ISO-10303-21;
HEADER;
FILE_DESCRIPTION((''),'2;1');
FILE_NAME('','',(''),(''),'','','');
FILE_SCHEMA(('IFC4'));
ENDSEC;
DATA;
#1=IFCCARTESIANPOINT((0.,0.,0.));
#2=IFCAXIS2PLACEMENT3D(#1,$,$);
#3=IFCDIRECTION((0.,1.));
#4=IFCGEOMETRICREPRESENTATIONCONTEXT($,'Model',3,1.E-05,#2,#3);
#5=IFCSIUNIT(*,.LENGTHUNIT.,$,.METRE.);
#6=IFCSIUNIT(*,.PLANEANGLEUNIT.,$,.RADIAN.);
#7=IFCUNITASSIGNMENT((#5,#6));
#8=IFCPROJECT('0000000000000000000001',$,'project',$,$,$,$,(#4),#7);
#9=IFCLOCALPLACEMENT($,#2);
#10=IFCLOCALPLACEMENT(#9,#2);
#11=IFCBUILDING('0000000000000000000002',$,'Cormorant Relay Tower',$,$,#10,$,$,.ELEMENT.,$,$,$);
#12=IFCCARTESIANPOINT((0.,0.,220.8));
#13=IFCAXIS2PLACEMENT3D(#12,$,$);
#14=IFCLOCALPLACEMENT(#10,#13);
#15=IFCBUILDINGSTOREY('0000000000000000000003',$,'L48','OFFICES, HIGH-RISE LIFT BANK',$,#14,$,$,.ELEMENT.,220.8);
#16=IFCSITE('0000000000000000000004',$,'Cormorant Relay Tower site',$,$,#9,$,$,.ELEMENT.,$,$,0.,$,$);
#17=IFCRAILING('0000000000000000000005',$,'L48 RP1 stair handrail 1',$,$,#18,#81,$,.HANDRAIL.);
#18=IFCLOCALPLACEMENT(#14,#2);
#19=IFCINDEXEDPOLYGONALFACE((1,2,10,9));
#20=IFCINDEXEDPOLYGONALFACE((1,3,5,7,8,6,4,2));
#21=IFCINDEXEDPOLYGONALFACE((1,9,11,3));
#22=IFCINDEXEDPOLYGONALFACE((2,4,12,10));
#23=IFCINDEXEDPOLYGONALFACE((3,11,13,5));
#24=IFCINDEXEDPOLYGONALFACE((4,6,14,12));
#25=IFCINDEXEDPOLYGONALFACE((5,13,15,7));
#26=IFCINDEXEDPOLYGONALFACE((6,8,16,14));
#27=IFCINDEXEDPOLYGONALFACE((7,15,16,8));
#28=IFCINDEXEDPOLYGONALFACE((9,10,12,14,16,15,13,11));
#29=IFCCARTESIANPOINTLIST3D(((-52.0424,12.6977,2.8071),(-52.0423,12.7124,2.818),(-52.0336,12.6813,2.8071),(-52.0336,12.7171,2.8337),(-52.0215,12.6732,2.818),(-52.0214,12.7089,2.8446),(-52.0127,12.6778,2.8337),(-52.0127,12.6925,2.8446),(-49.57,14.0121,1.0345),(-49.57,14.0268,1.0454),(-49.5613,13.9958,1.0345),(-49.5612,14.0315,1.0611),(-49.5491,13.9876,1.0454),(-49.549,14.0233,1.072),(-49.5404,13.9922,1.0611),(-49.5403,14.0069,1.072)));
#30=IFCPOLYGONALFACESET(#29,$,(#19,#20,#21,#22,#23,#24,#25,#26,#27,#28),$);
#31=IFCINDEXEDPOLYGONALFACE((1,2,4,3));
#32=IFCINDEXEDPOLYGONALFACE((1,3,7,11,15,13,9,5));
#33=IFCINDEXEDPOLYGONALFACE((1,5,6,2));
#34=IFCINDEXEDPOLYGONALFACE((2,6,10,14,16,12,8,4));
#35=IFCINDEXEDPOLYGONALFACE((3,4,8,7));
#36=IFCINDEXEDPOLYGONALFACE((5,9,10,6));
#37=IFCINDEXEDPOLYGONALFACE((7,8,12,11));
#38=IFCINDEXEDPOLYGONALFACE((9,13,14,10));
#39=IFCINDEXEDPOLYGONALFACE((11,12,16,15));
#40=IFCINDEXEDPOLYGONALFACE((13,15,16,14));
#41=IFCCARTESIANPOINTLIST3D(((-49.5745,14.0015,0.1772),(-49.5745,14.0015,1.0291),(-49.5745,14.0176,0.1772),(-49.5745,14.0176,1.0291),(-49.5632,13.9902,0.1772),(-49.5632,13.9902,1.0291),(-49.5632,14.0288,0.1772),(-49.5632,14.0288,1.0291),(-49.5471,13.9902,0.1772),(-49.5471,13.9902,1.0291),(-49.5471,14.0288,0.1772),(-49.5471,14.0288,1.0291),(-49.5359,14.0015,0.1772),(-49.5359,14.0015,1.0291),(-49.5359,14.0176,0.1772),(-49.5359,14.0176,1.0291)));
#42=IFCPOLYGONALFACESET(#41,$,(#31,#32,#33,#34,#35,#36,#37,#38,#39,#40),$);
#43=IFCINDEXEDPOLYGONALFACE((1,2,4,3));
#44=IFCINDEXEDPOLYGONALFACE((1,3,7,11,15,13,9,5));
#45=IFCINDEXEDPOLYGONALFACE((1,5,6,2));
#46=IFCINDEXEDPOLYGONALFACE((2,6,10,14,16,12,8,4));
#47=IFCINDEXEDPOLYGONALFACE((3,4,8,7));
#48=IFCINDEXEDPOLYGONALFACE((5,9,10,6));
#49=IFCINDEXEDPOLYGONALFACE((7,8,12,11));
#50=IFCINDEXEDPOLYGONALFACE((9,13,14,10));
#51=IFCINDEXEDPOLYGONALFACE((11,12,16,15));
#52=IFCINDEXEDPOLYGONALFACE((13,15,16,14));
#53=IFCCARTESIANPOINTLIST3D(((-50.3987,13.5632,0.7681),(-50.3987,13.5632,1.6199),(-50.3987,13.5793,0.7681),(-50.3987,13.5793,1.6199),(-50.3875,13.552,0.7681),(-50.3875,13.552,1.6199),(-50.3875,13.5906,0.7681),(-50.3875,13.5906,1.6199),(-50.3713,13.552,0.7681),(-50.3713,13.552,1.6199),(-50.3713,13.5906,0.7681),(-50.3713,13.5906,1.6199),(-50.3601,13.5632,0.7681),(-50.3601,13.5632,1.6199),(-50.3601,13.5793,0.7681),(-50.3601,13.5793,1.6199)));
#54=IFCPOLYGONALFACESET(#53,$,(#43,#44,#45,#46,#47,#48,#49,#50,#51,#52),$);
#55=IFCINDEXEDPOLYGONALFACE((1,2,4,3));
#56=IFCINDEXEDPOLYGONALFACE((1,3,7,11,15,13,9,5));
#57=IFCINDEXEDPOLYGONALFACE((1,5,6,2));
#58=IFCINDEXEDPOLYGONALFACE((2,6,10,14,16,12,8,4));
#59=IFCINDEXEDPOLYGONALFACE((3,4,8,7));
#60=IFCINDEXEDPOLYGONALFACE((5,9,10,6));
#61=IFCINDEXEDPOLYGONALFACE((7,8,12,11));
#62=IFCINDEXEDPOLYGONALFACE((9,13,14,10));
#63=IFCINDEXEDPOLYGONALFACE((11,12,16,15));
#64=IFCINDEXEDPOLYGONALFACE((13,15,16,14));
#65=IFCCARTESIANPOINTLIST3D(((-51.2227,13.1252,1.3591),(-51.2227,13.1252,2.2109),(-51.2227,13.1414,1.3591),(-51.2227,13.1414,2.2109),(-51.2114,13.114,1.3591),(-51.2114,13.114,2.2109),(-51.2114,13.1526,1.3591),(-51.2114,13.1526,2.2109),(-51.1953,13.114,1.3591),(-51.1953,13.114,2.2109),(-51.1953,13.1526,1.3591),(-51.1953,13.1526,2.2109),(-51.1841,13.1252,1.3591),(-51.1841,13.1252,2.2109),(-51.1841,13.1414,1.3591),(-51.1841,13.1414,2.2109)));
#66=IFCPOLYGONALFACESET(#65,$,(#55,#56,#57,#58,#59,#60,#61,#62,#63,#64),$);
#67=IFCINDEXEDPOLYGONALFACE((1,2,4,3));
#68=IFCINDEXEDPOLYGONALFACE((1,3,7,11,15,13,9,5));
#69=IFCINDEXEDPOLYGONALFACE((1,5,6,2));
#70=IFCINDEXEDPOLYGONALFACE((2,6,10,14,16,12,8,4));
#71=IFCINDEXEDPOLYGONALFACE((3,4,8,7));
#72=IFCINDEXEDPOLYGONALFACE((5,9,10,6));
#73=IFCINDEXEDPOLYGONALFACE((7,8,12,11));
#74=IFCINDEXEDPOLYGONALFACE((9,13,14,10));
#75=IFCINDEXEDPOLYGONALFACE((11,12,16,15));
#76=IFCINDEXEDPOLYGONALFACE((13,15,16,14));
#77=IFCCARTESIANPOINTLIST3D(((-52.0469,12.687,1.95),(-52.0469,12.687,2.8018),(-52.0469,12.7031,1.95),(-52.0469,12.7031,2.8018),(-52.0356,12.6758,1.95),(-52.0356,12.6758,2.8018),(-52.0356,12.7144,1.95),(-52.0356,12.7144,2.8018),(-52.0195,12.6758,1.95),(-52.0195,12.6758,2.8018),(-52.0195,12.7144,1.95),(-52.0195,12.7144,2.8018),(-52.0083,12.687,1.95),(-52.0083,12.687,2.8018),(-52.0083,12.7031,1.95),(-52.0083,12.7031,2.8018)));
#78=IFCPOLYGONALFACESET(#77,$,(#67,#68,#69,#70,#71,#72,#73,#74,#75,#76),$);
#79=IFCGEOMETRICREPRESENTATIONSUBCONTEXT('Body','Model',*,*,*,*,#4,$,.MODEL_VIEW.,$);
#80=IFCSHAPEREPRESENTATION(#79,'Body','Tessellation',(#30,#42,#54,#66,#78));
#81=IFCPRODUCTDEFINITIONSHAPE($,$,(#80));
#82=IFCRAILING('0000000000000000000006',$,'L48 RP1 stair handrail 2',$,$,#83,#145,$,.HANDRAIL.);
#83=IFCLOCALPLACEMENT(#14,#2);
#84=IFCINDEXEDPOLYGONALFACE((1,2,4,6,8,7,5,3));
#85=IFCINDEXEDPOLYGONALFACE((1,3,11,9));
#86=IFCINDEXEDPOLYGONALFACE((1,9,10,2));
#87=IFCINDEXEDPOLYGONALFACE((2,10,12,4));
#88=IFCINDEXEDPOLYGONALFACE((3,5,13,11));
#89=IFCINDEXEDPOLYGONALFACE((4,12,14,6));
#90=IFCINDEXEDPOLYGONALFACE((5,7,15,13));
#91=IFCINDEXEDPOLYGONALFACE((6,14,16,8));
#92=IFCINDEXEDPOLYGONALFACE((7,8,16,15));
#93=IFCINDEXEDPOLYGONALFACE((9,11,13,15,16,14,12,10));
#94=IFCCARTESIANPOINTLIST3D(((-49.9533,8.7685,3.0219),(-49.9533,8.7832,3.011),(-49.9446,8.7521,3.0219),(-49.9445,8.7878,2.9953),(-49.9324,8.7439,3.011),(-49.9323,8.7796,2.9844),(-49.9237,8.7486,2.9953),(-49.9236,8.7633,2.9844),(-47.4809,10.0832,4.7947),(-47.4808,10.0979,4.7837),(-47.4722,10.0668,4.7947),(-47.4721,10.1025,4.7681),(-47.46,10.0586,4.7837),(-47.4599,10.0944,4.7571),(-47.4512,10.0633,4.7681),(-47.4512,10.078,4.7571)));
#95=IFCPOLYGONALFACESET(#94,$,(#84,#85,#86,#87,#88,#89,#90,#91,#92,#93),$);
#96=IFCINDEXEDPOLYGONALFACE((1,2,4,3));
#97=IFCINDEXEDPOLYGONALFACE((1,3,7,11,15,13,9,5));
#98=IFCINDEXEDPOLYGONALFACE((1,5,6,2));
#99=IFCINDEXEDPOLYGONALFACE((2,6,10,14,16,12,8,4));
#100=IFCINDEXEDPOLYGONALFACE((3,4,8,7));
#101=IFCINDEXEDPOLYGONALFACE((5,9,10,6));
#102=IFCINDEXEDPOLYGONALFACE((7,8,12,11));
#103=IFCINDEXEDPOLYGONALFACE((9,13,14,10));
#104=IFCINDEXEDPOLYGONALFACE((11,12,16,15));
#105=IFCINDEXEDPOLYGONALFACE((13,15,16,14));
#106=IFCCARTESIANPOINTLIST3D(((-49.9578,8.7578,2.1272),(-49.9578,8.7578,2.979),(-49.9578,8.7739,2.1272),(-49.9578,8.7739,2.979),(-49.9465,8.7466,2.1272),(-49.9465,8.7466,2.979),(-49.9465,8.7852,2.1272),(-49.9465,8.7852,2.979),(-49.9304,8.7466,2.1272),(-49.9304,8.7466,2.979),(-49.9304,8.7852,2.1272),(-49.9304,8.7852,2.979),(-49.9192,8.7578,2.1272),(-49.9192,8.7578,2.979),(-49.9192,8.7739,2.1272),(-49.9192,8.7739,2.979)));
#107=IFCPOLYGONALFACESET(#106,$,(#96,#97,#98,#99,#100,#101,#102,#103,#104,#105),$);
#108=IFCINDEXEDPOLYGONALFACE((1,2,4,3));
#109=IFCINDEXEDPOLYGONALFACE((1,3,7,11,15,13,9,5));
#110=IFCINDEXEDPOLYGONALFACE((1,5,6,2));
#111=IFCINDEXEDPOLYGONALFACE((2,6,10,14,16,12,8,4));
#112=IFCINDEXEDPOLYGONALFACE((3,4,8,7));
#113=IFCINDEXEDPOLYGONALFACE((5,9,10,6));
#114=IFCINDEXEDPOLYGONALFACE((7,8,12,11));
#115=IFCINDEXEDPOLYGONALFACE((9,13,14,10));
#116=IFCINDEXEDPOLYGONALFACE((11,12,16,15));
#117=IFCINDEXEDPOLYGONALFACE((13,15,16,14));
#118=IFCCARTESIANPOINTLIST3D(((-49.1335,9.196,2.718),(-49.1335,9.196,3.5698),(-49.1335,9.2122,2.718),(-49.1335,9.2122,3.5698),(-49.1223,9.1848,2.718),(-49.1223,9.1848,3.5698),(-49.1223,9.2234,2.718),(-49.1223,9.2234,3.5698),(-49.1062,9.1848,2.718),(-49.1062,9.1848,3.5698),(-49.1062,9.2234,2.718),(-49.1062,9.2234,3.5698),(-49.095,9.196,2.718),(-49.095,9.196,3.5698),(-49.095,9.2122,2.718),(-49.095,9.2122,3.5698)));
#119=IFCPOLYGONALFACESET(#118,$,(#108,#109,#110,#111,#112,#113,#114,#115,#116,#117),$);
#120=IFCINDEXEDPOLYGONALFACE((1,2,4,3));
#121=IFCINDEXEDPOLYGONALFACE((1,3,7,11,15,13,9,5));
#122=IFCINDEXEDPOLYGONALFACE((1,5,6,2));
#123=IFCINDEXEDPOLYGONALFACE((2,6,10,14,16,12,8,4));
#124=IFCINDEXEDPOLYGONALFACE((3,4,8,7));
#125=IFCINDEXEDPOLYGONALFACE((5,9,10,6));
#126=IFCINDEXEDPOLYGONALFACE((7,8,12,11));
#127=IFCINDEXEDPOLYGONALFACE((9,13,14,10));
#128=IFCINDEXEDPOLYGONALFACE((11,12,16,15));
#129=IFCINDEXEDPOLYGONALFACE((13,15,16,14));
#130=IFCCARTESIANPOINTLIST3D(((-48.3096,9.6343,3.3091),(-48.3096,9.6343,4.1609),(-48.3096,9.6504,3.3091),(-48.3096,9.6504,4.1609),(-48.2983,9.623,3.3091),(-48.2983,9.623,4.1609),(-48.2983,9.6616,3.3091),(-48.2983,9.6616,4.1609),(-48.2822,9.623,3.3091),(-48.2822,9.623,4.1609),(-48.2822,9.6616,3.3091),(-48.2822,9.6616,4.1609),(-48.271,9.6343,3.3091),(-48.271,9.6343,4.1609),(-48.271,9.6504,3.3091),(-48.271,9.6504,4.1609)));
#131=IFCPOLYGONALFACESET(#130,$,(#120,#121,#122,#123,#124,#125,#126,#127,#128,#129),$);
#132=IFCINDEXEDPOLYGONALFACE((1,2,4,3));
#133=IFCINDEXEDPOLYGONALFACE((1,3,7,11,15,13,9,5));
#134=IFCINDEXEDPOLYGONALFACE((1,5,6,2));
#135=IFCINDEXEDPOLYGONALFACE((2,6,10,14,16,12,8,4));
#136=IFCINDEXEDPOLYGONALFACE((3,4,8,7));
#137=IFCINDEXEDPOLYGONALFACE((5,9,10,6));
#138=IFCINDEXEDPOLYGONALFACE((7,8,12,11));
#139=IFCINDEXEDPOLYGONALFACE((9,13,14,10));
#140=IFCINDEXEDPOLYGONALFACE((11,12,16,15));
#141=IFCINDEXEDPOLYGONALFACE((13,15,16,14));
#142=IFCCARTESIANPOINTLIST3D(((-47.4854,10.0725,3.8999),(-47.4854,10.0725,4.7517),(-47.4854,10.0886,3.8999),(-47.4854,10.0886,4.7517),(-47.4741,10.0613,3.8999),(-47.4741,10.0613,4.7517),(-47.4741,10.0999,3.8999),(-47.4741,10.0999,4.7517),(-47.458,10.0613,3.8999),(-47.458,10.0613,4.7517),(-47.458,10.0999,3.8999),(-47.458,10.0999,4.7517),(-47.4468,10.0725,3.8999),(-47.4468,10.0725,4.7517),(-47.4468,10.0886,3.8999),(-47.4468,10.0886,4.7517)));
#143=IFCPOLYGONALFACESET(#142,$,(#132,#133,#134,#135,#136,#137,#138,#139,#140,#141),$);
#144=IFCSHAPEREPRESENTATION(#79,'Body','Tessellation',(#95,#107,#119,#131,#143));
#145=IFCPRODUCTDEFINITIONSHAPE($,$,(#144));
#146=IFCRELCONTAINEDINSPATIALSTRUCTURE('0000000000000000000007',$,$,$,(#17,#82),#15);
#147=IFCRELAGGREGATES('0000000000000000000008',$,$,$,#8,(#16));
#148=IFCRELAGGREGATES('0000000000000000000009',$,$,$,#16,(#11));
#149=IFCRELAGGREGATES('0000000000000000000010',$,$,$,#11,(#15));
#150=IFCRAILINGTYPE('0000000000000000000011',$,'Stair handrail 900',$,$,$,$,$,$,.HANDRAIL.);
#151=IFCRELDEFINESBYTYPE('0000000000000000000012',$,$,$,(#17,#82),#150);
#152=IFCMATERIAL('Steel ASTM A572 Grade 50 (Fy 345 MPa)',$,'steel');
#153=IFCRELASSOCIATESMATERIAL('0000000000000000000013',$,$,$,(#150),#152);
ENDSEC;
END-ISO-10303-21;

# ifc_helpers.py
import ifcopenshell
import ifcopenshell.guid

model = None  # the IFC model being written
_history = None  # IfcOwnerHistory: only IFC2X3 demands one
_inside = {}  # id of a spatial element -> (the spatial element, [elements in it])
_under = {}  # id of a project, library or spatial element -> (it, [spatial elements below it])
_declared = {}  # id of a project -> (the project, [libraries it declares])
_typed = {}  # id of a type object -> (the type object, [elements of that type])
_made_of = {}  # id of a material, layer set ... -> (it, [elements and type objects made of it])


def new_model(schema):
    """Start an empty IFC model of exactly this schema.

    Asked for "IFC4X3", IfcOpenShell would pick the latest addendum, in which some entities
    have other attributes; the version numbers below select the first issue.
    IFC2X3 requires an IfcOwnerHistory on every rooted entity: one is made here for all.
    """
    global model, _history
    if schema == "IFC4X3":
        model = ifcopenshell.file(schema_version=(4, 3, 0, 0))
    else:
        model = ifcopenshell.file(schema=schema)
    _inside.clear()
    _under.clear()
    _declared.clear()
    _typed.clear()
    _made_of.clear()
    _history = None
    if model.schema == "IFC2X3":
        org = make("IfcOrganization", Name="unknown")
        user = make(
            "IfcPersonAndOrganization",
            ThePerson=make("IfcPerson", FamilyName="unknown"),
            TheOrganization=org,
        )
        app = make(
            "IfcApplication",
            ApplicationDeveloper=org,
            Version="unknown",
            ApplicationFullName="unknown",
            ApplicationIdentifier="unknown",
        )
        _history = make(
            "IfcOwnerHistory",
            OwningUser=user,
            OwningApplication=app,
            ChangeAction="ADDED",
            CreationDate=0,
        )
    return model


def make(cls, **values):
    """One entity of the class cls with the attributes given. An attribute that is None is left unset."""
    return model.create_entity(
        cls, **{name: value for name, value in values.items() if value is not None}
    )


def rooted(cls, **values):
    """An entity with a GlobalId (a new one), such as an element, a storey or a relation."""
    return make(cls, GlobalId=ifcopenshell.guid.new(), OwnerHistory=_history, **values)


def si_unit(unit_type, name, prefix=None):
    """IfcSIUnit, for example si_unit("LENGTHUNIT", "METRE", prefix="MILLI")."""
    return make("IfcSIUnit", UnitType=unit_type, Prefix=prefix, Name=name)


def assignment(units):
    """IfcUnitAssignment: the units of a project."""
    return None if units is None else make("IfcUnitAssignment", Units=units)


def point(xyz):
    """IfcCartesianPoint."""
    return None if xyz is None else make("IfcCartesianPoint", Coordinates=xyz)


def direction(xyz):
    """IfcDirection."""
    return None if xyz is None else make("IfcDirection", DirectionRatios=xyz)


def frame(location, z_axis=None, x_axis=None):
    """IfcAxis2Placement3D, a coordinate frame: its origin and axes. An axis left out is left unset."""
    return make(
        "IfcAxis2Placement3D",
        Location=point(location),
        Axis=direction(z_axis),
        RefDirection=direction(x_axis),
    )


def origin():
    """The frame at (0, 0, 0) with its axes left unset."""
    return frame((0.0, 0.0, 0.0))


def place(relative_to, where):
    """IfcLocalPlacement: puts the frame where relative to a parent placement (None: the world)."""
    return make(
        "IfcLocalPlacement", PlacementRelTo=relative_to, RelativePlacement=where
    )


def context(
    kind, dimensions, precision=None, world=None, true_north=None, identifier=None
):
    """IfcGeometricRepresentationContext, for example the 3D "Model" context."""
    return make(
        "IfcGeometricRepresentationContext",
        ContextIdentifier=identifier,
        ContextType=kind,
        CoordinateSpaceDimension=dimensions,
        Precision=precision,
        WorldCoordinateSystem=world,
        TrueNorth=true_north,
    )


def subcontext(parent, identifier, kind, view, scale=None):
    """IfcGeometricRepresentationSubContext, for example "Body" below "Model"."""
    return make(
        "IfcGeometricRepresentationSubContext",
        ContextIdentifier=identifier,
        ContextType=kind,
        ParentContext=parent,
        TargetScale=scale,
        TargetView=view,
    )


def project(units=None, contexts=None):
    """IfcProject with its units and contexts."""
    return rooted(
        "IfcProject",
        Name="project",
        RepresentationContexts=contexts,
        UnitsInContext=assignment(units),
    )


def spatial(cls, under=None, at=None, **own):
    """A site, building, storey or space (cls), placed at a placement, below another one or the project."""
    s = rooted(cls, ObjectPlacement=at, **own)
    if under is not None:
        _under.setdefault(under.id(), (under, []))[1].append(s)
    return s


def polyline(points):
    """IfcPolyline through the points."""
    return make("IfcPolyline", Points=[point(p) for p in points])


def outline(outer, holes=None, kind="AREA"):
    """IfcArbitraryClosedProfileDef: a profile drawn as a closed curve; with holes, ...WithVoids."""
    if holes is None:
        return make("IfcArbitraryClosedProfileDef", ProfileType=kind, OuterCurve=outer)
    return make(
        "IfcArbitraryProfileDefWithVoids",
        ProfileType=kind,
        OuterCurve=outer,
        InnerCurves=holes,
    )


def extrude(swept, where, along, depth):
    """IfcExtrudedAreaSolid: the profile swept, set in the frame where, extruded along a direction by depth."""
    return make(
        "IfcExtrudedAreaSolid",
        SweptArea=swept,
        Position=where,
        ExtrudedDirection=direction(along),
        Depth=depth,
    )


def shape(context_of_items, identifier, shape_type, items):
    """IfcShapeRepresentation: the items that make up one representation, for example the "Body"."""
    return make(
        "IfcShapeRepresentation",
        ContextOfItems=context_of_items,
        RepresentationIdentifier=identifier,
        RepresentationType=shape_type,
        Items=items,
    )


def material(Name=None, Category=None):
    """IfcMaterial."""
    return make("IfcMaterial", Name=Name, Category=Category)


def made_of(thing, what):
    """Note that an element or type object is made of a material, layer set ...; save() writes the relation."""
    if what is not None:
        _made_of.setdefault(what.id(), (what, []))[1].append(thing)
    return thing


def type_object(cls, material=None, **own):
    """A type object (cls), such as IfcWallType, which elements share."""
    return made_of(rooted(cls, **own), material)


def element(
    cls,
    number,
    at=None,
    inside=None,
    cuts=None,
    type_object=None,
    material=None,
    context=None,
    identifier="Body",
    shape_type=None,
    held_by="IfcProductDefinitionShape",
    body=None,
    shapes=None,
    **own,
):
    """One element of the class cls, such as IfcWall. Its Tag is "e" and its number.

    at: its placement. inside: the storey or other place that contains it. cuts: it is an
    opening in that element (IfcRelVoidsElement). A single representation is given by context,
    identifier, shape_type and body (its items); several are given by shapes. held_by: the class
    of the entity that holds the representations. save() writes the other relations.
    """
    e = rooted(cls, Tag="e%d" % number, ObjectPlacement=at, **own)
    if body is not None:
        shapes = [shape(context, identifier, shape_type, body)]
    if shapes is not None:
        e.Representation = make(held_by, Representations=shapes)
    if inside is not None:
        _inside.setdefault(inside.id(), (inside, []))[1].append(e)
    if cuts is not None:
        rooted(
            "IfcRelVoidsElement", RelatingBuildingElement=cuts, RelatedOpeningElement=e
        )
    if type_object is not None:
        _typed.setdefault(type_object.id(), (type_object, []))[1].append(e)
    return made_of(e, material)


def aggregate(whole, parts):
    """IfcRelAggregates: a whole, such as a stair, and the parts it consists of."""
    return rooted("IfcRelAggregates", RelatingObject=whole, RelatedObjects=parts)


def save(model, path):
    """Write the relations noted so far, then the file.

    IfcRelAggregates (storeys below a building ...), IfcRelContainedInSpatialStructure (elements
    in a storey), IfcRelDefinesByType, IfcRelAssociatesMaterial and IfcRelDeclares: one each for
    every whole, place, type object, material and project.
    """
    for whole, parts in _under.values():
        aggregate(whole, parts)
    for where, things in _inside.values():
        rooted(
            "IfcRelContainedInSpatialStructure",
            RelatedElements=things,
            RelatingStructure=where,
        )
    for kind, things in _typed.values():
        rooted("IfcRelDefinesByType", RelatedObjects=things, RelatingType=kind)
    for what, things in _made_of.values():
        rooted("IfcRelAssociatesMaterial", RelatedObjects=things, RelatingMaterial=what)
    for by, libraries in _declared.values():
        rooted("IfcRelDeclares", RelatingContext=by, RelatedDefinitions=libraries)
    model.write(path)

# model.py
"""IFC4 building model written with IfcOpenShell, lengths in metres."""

from ifc_helpers import new_model, si_unit, direction, frame, origin, place, context, subcontext, project, spatial, polyline, outline, extrude, material, type_object, element, save


model = new_model("IFC4")

# Units and contexts
model_context = context("Model", 3, precision=1e-05, world=origin(), true_north=direction((0.0, 1.0)))
body_context = subcontext(model_context, "Body", "Model", "MODEL_VIEW")
ifc_project = project(units=[si_unit("LENGTHUNIT", "METRE"), si_unit("PLANEANGLEUNIT", "RADIAN")], contexts=[model_context])

# Site, building, storey
site_placement = place(None, origin())
site = spatial("IfcSite", under=ifc_project, at=site_placement, Name="Cormorant Relay Tower site", CompositionType="ELEMENT", RefElevation=0.0)
building_placement = place(site_placement, origin())
building = spatial("IfcBuilding", under=site, at=building_placement, Name="Cormorant Relay Tower", CompositionType="ELEMENT")
storey_placement = place(building_placement, frame((0.0, 0.0, 220.8)))
storey = spatial("IfcBuildingStorey", under=building, at=storey_placement, Name="L48", Description="OFFICES, HIGH-RISE LIFT BANK", CompositionType="ELEMENT", Elevation=220.8)

# Railings
ifc_material_1 = material(Name="Steel ASTM A572 Grade 50 (Fy 345 MPa)", Category="steel")
railing_type_1 = type_object("IfcRailingType", Name="Stair handrail 900", PredefinedType="HANDRAIL", material=ifc_material_1)
railing_1_placement = place(storey_placement, frame((-49.5552, 14.0095, 0.1772)))
element("IfcRailing", 1, at=railing_1_placement, inside=storey, type_object=railing_type_1, Name="L48 RP1 stair handrail 1", PredefinedType="HANDRAIL", context=body_context, shape_type="SweptSolid", body=[
    extrude(outline(polyline([(0.0222, 0.0093), (0.0093, 0.0222), (-0.0093, 0.0222), (-0.0222, 0.0093), (-0.0222, -0.0093), (-0.0093, -0.0222), (0.0093, -0.0222), (0.0222, -0.0093), (0.0222, 0.0093)])), frame((0.0, 0.0, 0.876), z_axis=(-0.746034, -0.396627, 0.534902), x_axis=(0.469429, -0.88297, 0.0)), (0.0, 0.0, 1.0), 3.314),
    extrude(outline(polyline([(0.0193, 0.0081), (0.0081, 0.0193), (-0.0081, 0.0193), (-0.0193, 0.0081), (-0.0193, -0.0081), (-0.0081, -0.0193), (0.0081, -0.0193), (0.0193, -0.0081), (0.0193, 0.0081)])), origin(), (0.0, 0.0, 1.0), 0.8518),
    extrude(outline(polyline([(0.0193, 0.0081), (0.0081, 0.0193), (-0.0081, 0.0193), (-0.0193, 0.0081), (-0.0193, -0.0081), (-0.0081, -0.0193), (0.0081, -0.0193), (0.0193, -0.0081), (0.0193, 0.0081)])), frame((-0.8242, -0.4382, 0.5908)), (0.0, 0.0, 1.0), 0.8518),
    extrude(outline(polyline([(0.0193, 0.0081), (0.0081, 0.0193), (-0.0081, 0.0193), (-0.0193, 0.0081), (-0.0193, -0.0081), (-0.0081, -0.0193), (0.0081, -0.0193), (0.0193, -0.0081), (0.0193, 0.0081)])), frame((-1.6482, -0.8762, 1.1819)), (0.0, 0.0, 1.0), 0.8518),
    extrude(outline(polyline([(0.0193, 0.0081), (0.0081, 0.0193), (-0.0081, 0.0193), (-0.0193, 0.0081), (-0.0193, -0.0081), (-0.0081, -0.0193), (0.0081, -0.0193), (0.0193, -0.0081), (0.0193, 0.0081)])), frame((-2.4724, -1.3145, 1.7727)), (0.0, 0.0, 1.0), 0.8518),
])
railing_2_placement = place(storey_placement, frame((-49.9385, 8.7659, 2.1272)))
element("IfcRailing", 2, at=railing_2_placement, inside=storey, type_object=railing_type_1, Name="L48 RP1 stair handrail 2", PredefinedType="HANDRAIL", context=body_context, shape_type="SweptSolid", body=[
    extrude(outline(polyline([(0.0222, 0.0093), (0.0093, 0.0222), (-0.0093, 0.0222), (-0.0222, 0.0093), (-0.0222, -0.0093), (-0.0093, -0.0222), (0.0093, -0.0222), (0.0222, -0.0093), (0.0222, 0.0093)])), frame((0.0, 0.0, 0.876), z_axis=(0.746012, 0.39669, 0.534886), x_axis=(-0.469497, 0.882934, 0.0)), (0.0, 0.0, 1.0), 3.3142),
    extrude(outline(polyline([(0.0193, 0.0081), (0.0081, 0.0193), (-0.0081, 0.0193), (-0.0193, 0.0081), (-0.0193, -0.0081), (-0.0081, -0.0193), (0.0081, -0.0193), (0.0193, -0.0081), (0.0193, 0.0081)])), origin(), (0.0, 0.0, 1.0), 0.8518),
    extrude(outline(polyline([(0.0193, 0.0081), (0.0081, 0.0193), (-0.0081, 0.0193), (-0.0193, 0.0081), (-0.0193, -0.0081), (-0.0081, -0.0193), (0.0081, -0.0193), (0.0193, -0.0081), (0.0193, 0.0081)])), frame((0.8242, 0.4382, 0.5908)), (0.0, 0.0, 1.0), 0.8518),
    extrude(outline(polyline([(0.0193, 0.0081), (0.0081, 0.0193), (-0.0081, 0.0193), (-0.0193, 0.0081), (-0.0193, -0.0081), (-0.0081, -0.0193), (0.0081, -0.0193), (0.0193, -0.0081), (0.0193, 0.0081)])), frame((1.6482, 0.8765, 1.1819)), (0.0, 0.0, 1.0), 0.8518),
    extrude(outline(polyline([(0.0193, 0.0081), (0.0081, 0.0193), (-0.0081, 0.0193), (-0.0193, 0.0081), (-0.0193, -0.0081), (-0.0081, -0.0193), (0.0081, -0.0193), (0.0193, -0.0081), (0.0193, 0.0081)])), frame((2.4724, 1.3147, 1.7727)), (0.0, 0.0, 1.0), 0.8518),
])

save(model, "model.ifc")
